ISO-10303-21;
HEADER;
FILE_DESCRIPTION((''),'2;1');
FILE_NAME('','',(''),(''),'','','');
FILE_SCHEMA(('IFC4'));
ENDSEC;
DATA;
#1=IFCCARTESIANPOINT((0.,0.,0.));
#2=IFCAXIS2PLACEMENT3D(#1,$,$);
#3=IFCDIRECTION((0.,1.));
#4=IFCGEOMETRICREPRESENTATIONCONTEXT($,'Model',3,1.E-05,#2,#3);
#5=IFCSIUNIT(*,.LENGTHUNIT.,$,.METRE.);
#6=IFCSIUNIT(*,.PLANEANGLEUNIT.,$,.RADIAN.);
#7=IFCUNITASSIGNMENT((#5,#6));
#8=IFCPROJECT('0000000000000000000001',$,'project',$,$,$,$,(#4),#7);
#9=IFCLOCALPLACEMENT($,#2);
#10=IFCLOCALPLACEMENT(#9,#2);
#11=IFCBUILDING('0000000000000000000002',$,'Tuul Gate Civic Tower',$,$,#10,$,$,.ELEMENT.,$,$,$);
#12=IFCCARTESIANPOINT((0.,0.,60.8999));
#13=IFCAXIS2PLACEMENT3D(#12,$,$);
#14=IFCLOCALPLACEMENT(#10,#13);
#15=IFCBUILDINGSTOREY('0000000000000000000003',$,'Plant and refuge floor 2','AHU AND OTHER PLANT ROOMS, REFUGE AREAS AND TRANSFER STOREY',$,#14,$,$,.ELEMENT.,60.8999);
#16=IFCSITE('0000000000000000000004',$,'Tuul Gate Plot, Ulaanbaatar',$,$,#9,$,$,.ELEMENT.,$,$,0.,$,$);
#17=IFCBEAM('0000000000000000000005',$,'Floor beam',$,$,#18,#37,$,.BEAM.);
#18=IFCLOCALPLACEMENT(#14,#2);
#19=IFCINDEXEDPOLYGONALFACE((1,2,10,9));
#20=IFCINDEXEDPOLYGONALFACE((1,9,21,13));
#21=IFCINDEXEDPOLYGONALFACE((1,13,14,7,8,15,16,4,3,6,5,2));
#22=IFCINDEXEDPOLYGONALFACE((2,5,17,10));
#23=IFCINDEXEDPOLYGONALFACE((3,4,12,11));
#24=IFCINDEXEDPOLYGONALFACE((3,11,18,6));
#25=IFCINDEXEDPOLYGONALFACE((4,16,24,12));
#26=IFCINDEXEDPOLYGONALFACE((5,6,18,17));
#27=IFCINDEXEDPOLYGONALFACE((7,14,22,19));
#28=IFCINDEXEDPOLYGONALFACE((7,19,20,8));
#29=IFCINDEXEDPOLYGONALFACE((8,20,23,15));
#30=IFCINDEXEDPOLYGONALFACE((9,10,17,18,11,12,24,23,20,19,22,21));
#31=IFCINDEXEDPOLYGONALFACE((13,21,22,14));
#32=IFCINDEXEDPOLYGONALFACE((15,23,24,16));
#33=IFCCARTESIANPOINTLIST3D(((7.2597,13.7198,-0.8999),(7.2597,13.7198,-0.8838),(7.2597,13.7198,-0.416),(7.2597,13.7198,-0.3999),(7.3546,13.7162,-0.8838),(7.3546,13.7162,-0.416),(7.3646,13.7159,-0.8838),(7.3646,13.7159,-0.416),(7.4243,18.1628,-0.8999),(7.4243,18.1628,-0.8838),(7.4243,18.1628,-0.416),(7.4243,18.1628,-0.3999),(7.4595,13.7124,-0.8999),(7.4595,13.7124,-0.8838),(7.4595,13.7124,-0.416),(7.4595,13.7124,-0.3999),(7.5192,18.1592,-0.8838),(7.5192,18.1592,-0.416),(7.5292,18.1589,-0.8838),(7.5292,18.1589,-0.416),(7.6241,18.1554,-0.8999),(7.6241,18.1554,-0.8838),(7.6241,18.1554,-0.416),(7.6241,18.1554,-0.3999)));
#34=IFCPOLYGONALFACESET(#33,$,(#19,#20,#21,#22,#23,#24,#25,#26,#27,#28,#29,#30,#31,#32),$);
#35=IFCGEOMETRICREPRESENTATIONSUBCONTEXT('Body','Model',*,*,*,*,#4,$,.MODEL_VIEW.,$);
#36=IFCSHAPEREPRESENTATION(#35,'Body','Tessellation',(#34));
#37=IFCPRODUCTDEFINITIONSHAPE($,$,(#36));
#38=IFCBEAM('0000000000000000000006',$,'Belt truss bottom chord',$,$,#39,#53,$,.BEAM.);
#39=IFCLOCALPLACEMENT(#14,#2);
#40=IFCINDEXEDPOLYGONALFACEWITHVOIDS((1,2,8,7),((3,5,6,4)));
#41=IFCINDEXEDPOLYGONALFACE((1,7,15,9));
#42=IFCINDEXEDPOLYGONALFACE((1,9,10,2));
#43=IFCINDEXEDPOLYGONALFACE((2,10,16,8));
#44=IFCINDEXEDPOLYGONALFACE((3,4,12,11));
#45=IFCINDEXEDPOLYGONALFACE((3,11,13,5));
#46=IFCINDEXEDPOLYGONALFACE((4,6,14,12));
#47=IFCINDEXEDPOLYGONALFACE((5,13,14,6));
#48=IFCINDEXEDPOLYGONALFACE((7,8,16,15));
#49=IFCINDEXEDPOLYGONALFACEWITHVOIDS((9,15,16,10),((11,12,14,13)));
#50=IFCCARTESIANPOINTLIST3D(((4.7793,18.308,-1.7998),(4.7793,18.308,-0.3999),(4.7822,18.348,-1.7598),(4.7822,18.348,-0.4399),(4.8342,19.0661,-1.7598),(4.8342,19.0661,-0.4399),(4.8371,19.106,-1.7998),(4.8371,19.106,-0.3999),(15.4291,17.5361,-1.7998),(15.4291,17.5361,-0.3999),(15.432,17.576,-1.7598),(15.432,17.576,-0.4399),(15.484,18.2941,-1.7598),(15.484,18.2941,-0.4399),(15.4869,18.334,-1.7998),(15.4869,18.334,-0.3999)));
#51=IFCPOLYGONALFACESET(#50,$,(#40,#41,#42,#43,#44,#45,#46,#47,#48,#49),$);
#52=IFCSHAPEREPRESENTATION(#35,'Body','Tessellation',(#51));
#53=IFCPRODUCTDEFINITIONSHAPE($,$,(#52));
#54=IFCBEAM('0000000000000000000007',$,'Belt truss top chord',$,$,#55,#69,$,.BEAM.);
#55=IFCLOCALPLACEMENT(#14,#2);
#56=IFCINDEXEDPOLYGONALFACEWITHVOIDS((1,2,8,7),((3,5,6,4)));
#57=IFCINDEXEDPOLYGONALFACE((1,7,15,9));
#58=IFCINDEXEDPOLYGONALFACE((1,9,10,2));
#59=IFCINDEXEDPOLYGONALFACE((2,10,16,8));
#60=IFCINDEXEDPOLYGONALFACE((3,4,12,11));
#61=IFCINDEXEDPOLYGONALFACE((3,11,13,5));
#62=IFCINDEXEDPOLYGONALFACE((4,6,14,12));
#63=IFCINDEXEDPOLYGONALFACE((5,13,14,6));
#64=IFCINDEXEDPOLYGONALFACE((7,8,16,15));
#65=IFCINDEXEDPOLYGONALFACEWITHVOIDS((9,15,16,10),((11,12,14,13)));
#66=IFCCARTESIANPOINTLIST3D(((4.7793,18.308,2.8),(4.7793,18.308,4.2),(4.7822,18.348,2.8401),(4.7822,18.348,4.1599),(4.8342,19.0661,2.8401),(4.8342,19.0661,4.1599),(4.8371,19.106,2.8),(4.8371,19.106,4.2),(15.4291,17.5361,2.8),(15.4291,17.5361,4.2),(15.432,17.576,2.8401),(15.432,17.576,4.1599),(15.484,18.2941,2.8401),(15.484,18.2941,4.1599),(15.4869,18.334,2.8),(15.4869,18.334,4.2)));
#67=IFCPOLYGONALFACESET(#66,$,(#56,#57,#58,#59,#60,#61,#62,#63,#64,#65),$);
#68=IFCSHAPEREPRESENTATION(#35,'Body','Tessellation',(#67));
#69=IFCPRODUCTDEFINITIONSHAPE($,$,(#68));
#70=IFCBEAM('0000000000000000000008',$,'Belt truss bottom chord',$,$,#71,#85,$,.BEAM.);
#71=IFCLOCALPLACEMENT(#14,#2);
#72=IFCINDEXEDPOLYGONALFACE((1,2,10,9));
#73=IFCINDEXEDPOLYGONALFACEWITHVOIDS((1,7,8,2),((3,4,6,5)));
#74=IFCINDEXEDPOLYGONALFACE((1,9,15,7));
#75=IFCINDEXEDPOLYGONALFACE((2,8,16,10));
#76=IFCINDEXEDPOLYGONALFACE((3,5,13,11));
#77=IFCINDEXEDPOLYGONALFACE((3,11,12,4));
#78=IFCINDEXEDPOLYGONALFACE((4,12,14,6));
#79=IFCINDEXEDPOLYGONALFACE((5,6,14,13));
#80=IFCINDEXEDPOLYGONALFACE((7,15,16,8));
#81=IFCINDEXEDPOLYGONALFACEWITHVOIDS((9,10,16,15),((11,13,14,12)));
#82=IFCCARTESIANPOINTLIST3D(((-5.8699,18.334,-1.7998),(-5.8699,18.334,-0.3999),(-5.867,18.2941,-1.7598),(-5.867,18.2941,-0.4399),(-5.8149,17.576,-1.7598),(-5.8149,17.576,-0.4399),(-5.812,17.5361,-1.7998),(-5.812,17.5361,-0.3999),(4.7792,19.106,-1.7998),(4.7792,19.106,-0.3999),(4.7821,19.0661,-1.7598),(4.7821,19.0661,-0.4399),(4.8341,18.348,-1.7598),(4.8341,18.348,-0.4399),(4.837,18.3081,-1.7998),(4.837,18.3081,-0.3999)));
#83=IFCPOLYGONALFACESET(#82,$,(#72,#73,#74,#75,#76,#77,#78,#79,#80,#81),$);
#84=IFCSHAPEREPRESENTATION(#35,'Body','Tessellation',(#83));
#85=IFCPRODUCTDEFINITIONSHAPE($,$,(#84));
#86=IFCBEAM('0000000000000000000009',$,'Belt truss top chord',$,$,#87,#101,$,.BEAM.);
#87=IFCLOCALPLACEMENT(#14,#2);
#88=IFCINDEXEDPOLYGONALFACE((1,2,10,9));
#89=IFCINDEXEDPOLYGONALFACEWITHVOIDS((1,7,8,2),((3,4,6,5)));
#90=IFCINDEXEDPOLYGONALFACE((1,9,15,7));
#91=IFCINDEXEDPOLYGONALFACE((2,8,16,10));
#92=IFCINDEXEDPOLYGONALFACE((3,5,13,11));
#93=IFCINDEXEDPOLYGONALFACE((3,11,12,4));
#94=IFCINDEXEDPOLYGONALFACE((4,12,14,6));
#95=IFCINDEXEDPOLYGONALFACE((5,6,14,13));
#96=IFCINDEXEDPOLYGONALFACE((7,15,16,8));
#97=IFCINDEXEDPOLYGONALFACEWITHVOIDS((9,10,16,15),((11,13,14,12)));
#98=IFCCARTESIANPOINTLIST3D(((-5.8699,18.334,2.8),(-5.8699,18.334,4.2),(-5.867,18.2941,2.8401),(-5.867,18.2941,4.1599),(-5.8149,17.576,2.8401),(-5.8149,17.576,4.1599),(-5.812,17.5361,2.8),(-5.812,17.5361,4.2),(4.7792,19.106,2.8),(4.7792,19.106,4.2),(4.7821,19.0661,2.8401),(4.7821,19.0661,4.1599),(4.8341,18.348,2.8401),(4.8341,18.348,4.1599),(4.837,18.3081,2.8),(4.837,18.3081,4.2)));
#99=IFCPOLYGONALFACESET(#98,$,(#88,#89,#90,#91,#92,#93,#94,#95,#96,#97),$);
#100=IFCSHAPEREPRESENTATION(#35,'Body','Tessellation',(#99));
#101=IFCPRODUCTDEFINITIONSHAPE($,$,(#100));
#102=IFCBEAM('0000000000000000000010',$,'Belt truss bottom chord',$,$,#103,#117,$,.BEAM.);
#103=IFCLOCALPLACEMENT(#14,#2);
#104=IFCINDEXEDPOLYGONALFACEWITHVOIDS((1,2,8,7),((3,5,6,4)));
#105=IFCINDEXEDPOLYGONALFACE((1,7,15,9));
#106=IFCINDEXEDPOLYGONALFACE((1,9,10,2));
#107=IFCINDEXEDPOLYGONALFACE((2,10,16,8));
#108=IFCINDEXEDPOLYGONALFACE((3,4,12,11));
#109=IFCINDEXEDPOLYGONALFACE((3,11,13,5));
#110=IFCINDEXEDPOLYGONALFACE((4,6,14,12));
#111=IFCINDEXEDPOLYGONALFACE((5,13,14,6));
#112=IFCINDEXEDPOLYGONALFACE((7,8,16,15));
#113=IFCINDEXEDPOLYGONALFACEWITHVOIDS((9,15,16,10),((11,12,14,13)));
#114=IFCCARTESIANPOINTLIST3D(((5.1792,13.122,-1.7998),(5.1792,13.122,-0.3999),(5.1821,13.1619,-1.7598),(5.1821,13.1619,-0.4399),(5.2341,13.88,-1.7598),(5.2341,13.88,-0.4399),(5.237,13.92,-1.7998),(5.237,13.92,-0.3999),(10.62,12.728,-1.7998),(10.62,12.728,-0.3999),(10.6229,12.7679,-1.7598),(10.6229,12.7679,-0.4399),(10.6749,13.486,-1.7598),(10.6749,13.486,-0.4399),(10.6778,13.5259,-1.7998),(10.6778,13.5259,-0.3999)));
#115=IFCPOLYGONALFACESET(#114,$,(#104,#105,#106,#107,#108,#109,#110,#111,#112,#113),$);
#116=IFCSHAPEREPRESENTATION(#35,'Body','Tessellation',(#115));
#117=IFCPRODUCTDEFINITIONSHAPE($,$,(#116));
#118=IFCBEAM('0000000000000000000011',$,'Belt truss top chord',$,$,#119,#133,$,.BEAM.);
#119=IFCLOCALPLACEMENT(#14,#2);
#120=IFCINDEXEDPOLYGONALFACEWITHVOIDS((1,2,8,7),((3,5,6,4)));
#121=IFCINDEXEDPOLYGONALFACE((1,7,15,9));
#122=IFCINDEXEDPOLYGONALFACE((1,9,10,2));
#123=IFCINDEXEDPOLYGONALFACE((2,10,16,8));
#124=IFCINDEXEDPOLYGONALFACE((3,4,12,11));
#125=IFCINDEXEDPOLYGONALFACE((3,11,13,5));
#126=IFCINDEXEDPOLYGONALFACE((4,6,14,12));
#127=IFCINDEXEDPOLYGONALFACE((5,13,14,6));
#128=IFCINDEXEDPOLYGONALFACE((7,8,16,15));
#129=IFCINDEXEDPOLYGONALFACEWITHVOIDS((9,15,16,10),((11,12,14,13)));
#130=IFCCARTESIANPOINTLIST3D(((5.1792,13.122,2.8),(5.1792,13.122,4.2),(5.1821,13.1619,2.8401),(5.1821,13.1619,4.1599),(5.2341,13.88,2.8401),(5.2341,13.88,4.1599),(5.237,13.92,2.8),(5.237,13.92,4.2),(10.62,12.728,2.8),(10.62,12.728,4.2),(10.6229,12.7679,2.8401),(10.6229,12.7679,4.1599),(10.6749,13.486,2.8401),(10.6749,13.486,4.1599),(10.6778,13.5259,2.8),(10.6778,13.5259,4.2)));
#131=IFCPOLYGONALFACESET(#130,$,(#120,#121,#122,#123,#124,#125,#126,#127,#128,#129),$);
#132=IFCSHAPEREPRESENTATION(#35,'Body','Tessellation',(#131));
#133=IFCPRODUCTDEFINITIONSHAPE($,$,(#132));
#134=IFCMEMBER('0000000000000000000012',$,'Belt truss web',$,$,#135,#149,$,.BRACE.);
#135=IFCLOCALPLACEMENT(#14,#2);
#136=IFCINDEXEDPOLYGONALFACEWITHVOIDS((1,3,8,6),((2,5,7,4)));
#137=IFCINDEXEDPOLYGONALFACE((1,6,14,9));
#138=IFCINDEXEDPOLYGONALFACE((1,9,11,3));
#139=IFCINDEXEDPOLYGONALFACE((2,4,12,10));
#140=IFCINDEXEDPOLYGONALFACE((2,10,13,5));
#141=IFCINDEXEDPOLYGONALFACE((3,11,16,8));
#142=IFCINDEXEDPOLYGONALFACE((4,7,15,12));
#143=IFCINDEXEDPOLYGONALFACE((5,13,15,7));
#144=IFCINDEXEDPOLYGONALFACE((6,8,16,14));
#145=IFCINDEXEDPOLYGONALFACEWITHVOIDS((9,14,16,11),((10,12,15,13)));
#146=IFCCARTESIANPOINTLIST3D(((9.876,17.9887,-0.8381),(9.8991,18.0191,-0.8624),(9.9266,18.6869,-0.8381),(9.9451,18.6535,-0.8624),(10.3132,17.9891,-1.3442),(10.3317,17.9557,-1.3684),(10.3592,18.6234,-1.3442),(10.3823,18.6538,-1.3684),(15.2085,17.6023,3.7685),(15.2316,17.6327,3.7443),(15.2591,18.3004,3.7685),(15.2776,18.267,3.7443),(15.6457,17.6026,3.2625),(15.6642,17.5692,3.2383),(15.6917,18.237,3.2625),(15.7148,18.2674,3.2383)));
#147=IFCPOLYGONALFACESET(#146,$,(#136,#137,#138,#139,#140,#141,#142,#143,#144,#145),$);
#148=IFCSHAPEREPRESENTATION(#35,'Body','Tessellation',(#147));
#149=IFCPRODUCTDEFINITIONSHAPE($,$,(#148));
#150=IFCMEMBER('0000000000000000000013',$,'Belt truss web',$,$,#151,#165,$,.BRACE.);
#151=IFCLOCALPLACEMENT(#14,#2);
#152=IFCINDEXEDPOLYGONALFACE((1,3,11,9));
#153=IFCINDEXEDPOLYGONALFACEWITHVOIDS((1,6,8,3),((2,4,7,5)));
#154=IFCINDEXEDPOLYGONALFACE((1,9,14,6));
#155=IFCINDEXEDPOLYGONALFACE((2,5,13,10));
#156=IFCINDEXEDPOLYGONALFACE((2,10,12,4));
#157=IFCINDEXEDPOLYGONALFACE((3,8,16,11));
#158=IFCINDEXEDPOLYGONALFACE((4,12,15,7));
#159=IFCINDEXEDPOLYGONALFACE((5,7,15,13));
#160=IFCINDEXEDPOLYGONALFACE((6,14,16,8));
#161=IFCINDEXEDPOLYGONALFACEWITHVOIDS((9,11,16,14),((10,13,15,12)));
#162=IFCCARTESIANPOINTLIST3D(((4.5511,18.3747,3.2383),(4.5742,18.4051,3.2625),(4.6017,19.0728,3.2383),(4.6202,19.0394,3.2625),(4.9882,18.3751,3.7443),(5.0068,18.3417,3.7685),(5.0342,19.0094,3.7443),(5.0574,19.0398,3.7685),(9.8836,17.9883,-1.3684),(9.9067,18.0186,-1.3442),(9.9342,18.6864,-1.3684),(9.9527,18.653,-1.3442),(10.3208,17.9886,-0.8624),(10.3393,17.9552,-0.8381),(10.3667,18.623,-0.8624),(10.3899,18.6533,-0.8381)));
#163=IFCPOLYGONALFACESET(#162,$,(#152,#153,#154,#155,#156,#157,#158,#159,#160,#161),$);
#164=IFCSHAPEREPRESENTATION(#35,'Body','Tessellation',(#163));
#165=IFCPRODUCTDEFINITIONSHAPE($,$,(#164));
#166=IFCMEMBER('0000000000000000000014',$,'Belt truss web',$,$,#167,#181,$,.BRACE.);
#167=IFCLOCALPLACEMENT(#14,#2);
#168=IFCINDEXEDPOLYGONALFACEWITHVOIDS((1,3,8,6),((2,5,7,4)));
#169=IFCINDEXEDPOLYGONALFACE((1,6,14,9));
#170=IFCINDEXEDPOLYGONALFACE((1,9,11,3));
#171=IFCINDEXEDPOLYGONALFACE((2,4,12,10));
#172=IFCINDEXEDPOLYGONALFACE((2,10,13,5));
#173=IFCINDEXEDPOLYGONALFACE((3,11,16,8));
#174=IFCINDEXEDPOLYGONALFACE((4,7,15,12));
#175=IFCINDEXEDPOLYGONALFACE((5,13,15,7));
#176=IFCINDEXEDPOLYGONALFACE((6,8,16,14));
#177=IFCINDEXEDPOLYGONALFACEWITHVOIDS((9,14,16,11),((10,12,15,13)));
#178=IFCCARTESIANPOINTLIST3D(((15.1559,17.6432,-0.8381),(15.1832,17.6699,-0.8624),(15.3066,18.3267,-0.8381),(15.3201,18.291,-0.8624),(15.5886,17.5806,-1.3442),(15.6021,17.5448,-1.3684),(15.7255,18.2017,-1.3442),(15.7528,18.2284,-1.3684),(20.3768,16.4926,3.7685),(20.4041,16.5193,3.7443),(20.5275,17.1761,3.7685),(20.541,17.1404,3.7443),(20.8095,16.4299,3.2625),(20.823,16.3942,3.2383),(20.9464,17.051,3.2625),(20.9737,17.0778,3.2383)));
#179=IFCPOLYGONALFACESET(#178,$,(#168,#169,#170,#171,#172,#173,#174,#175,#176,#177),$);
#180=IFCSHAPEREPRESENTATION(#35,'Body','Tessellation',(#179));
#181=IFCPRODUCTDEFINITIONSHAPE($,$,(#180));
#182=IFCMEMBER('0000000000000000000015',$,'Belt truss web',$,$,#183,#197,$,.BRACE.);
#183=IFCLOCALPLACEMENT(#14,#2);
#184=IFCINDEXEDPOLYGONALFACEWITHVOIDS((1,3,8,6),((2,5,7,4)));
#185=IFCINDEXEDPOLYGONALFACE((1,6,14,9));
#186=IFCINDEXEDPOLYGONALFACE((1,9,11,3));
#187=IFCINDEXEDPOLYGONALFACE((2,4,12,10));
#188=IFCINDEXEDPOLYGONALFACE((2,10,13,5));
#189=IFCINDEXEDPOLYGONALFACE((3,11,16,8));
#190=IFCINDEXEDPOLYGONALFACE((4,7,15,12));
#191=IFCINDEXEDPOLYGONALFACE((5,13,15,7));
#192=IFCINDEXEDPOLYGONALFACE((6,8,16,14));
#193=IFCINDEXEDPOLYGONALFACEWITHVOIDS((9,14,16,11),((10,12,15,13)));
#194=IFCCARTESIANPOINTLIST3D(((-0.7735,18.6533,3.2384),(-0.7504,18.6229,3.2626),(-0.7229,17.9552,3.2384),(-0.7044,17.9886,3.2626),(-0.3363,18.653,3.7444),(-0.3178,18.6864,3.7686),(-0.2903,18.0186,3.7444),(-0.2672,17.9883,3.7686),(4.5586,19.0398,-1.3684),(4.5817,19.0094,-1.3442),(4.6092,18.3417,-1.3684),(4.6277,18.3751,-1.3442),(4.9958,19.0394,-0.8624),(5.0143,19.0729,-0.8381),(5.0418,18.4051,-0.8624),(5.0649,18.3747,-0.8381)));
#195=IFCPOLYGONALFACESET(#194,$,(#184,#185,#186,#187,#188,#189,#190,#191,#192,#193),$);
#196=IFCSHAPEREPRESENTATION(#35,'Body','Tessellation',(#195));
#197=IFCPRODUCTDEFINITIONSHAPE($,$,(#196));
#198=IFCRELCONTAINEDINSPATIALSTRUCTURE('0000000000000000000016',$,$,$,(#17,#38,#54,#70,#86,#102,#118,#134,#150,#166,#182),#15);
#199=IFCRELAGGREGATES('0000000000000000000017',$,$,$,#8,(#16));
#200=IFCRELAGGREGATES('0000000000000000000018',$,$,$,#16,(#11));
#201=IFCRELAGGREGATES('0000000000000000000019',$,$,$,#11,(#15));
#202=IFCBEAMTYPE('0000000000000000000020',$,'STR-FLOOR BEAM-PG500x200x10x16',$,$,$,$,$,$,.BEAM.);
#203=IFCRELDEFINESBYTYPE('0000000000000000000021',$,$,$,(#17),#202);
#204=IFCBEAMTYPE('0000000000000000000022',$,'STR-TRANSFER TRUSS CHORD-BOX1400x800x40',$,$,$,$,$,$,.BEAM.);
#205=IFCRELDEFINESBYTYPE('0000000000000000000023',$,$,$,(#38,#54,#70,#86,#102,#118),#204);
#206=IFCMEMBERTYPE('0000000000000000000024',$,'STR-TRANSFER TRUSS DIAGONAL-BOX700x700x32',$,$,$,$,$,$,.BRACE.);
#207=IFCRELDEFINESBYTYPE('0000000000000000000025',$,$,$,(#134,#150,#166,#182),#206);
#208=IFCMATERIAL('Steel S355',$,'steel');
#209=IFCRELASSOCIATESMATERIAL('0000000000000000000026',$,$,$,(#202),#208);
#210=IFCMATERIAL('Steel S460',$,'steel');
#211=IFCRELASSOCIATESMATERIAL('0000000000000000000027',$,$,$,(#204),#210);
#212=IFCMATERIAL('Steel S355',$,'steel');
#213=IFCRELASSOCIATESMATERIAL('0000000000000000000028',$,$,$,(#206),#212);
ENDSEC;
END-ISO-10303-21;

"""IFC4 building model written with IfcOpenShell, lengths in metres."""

from ifc_helpers import new_model, si_unit, direction, frame, origin, origin_2d, place, context, subcontext, project, spatial, hollow_rectangle, i_section, extrude, material, material_profile, profile_set, type_object, element, save


model = new_model("IFC4")

# Units and contexts
model_context = context("Model", 3, precision=1e-05, world=origin(), true_north=direction((0.0, 1.0)))
body_context = subcontext(model_context, "Body", "Model", "MODEL_VIEW")
ifc_project = project(units=[si_unit("LENGTHUNIT", "METRE"), si_unit("PLANEANGLEUNIT", "RADIAN")], contexts=[model_context])

# Site, building, storey
site_placement = place(None, origin())
site = spatial("IfcSite", under=ifc_project, at=site_placement, Name="Tuul Gate Plot, Ulaanbaatar", CompositionType="ELEMENT", RefElevation=0.0)
building_placement = place(site_placement, origin())
building = spatial("IfcBuilding", under=site, at=building_placement, Name="Tuul Gate Civic Tower", CompositionType="ELEMENT")
storey_placement = place(building_placement, frame((0.0, 0.0, 60.8999)))
storey = spatial("IfcBuildingStorey", under=building, at=storey_placement, Name="Plant and refuge floor 2", Description="AHU AND OTHER PLANT ROOMS, REFUGE AREAS AND TRANSFER STOREY", CompositionType="ELEMENT", Elevation=60.8999)

# Beams
ifc_material_1 = material(Name="Steel S355", Category="steel")
ifc_material_profile_1 = material_profile(ifc_material_1, i_section(OverallWidth=0.2, OverallDepth=0.5, WebThickness=0.01, FlangeThickness=0.0161, at=origin_2d()), Name="PG500x200x10x16")
ifc_profile_set_1 = profile_set([ifc_material_profile_1], Name="Steel S355")
beam_type_1 = type_object("IfcBeamType", Name="STR-FLOOR BEAM-PG500x200x10x16", PredefinedType="BEAM", material=ifc_profile_set_1)
beam_placement = place(storey_placement, frame((7.3596, 13.7161, -0.6499), z_axis=(0.03701, 0.999315, 0.0), x_axis=(-0.999315, 0.03701, 0.0)))
element("IfcBeam", 1, at=beam_placement, inside=storey, type_object=beam_type_1, Name="Floor beam", PredefinedType="BEAM", context=body_context, shape_type="SweptSolid", body=[
    extrude(i_section(OverallWidth=0.2, OverallDepth=0.5, WebThickness=0.01, FlangeThickness=0.0161, at=origin_2d()), origin(), (0.0, 0.0, 1.0), 4.446),
])
ifc_material_2 = material(Name="Steel S460", Category="steel")
ifc_material_profile_2 = material_profile(ifc_material_2, hollow_rectangle(XDim=0.8, YDim=1.3999, WallThickness=0.04, at=origin_2d()), Name="BOX1400x800x40")
ifc_profile_set_2 = profile_set([ifc_material_profile_2], Name="Steel S460")
beam_type_2 = type_object("IfcBeamType", Name="STR-TRANSFER TRUSS CHORD-BOX1400x800x40", PredefinedType="BEAM", material=ifc_profile_set_2)
for number, where, z_axis, x_axis, name in (
    (2, (15.458, 17.9351, -1.0999), (-0.997383, 0.072297, 0.0), (-0.072297, -0.997383, 0.0), "Belt truss bottom chord"),
    (3, (15.458, 17.9351, 3.5), (-0.997383, 0.072297, 0.0), (-0.072297, -0.997383, 0.0), "Belt truss top chord"),
):
    element("IfcBeam", number, at=place(storey_placement, frame(where, z_axis=z_axis, x_axis=x_axis)), inside=storey, type_object=beam_type_2, Name=name, PredefinedType="BEAM", context=body_context, shape_type="SweptSolid", body=[
        extrude(hollow_rectangle(XDim=0.8, YDim=1.3999, WallThickness=0.04, at=origin_2d()), origin(), (0.0, 0.0, 1.0), 10.6777),
    ])
for number, where, z_axis, x_axis, name in (
    (4, (4.8081, 18.707, -1.0999), (-0.997383, -0.072302, 0.0), (0.072302, -0.997383, 0.0), "Belt truss bottom chord"),
    (5, (4.8081, 18.707, 3.5), (-0.997383, -0.072302, 0.0), (0.072302, -0.997383, 0.0), "Belt truss top chord"),
):
    element("IfcBeam", number, at=place(storey_placement, frame(where, z_axis=z_axis, x_axis=x_axis)), inside=storey, type_object=beam_type_2, Name=name, PredefinedType="BEAM", context=body_context, shape_type="SweptSolid", body=[
        extrude(hollow_rectangle(XDim=0.8, YDim=1.3999, WallThickness=0.04, at=origin_2d()), origin(), (0.0, 0.0, 1.0), 10.677),
    ])
for number, where, z_axis, x_axis, name in (
    (6, (10.6489, 13.127, -1.0999), (-0.997388, 0.072233, 0.0), (-0.072233, -0.997388, 0.0), "Belt truss bottom chord"),
    (7, (10.6489, 13.127, 3.5), (-0.997388, 0.072233, 0.0), (-0.072233, -0.997388, 0.0), "Belt truss top chord"),
):
    element("IfcBeam", number, at=place(storey_placement, frame(where, z_axis=z_axis, x_axis=x_axis)), inside=storey, type_object=beam_type_2, Name=name, PredefinedType="BEAM", context=body_context, shape_type="SweptSolid", body=[
        extrude(hollow_rectangle(XDim=0.8, YDim=1.3999, WallThickness=0.04, at=origin_2d()), origin(), (0.0, 0.0, 1.0), 5.4551),
    ])

# Members
ifc_material_3 = material(Name="Steel S355", Category="steel")
ifc_material_profile_3 = material_profile(ifc_material_3, hollow_rectangle(XDim=0.7, YDim=0.7, WallThickness=0.032, at=origin_2d()), Name="BOX700x700x32")
ifc_profile_set_3 = profile_set([ifc_material_profile_3], Name="Steel S355")
member_type_1 = type_object("IfcMemberType", Name="STR-TRANSFER TRUSS DIAGONAL-BOX700x700x32", PredefinedType="BRACE", material=ifc_profile_set_3)
for number, where, z_axis, x_axis, name in (
    (8, (10.1292, 18.3213, -1.1033), (0.755594, -0.054762, 0.652747), (0.072285, 0.997384, 0.0), "Belt truss web"),
    (9, (10.1367, 18.3208, -1.1033), (-0.755594, 0.054762, 0.652747), (-0.072285, -0.997384, 0.0), "Belt truss web"),
):
    element("IfcMember", number, at=place(storey_placement, frame(where, z_axis=z_axis, x_axis=x_axis)), inside=storey, type_object=member_type_1, Name=name, PredefinedType="BRACE", context=body_context, shape_type="SweptSolid", body=[
        extrude(hollow_rectangle(XDim=0.7, YDim=0.7, WallThickness=0.032, at=origin_2d()), origin(), (0.0, 0.0, 1.0), 7.0574),
    ])
for number, where, z_axis, x_axis, name in (
    (10, (15.4543, 17.9358, -1.1033), (0.739806, -0.163044, 0.652766), (0.215223, 0.976565, 0.0), "Belt truss web"),
    (11, (4.8118, 18.7073, -1.1033), (-0.755564, -0.054765, 0.652781), (0.072292, -0.997384, 0.0), "Belt truss web"),
):
    element("IfcMember", number, at=place(storey_placement, frame(where, z_axis=z_axis, x_axis=x_axis)), inside=storey, type_object=member_type_1, Name=name, PredefinedType="BRACE", context=body_context, shape_type="SweptSolid", body=[
        extrude(hollow_rectangle(XDim=0.7, YDim=0.7, WallThickness=0.032, at=origin_2d()), origin(), (0.0, 0.0, 1.0), 7.0571),
    ])

save(model, "model.ifc")
